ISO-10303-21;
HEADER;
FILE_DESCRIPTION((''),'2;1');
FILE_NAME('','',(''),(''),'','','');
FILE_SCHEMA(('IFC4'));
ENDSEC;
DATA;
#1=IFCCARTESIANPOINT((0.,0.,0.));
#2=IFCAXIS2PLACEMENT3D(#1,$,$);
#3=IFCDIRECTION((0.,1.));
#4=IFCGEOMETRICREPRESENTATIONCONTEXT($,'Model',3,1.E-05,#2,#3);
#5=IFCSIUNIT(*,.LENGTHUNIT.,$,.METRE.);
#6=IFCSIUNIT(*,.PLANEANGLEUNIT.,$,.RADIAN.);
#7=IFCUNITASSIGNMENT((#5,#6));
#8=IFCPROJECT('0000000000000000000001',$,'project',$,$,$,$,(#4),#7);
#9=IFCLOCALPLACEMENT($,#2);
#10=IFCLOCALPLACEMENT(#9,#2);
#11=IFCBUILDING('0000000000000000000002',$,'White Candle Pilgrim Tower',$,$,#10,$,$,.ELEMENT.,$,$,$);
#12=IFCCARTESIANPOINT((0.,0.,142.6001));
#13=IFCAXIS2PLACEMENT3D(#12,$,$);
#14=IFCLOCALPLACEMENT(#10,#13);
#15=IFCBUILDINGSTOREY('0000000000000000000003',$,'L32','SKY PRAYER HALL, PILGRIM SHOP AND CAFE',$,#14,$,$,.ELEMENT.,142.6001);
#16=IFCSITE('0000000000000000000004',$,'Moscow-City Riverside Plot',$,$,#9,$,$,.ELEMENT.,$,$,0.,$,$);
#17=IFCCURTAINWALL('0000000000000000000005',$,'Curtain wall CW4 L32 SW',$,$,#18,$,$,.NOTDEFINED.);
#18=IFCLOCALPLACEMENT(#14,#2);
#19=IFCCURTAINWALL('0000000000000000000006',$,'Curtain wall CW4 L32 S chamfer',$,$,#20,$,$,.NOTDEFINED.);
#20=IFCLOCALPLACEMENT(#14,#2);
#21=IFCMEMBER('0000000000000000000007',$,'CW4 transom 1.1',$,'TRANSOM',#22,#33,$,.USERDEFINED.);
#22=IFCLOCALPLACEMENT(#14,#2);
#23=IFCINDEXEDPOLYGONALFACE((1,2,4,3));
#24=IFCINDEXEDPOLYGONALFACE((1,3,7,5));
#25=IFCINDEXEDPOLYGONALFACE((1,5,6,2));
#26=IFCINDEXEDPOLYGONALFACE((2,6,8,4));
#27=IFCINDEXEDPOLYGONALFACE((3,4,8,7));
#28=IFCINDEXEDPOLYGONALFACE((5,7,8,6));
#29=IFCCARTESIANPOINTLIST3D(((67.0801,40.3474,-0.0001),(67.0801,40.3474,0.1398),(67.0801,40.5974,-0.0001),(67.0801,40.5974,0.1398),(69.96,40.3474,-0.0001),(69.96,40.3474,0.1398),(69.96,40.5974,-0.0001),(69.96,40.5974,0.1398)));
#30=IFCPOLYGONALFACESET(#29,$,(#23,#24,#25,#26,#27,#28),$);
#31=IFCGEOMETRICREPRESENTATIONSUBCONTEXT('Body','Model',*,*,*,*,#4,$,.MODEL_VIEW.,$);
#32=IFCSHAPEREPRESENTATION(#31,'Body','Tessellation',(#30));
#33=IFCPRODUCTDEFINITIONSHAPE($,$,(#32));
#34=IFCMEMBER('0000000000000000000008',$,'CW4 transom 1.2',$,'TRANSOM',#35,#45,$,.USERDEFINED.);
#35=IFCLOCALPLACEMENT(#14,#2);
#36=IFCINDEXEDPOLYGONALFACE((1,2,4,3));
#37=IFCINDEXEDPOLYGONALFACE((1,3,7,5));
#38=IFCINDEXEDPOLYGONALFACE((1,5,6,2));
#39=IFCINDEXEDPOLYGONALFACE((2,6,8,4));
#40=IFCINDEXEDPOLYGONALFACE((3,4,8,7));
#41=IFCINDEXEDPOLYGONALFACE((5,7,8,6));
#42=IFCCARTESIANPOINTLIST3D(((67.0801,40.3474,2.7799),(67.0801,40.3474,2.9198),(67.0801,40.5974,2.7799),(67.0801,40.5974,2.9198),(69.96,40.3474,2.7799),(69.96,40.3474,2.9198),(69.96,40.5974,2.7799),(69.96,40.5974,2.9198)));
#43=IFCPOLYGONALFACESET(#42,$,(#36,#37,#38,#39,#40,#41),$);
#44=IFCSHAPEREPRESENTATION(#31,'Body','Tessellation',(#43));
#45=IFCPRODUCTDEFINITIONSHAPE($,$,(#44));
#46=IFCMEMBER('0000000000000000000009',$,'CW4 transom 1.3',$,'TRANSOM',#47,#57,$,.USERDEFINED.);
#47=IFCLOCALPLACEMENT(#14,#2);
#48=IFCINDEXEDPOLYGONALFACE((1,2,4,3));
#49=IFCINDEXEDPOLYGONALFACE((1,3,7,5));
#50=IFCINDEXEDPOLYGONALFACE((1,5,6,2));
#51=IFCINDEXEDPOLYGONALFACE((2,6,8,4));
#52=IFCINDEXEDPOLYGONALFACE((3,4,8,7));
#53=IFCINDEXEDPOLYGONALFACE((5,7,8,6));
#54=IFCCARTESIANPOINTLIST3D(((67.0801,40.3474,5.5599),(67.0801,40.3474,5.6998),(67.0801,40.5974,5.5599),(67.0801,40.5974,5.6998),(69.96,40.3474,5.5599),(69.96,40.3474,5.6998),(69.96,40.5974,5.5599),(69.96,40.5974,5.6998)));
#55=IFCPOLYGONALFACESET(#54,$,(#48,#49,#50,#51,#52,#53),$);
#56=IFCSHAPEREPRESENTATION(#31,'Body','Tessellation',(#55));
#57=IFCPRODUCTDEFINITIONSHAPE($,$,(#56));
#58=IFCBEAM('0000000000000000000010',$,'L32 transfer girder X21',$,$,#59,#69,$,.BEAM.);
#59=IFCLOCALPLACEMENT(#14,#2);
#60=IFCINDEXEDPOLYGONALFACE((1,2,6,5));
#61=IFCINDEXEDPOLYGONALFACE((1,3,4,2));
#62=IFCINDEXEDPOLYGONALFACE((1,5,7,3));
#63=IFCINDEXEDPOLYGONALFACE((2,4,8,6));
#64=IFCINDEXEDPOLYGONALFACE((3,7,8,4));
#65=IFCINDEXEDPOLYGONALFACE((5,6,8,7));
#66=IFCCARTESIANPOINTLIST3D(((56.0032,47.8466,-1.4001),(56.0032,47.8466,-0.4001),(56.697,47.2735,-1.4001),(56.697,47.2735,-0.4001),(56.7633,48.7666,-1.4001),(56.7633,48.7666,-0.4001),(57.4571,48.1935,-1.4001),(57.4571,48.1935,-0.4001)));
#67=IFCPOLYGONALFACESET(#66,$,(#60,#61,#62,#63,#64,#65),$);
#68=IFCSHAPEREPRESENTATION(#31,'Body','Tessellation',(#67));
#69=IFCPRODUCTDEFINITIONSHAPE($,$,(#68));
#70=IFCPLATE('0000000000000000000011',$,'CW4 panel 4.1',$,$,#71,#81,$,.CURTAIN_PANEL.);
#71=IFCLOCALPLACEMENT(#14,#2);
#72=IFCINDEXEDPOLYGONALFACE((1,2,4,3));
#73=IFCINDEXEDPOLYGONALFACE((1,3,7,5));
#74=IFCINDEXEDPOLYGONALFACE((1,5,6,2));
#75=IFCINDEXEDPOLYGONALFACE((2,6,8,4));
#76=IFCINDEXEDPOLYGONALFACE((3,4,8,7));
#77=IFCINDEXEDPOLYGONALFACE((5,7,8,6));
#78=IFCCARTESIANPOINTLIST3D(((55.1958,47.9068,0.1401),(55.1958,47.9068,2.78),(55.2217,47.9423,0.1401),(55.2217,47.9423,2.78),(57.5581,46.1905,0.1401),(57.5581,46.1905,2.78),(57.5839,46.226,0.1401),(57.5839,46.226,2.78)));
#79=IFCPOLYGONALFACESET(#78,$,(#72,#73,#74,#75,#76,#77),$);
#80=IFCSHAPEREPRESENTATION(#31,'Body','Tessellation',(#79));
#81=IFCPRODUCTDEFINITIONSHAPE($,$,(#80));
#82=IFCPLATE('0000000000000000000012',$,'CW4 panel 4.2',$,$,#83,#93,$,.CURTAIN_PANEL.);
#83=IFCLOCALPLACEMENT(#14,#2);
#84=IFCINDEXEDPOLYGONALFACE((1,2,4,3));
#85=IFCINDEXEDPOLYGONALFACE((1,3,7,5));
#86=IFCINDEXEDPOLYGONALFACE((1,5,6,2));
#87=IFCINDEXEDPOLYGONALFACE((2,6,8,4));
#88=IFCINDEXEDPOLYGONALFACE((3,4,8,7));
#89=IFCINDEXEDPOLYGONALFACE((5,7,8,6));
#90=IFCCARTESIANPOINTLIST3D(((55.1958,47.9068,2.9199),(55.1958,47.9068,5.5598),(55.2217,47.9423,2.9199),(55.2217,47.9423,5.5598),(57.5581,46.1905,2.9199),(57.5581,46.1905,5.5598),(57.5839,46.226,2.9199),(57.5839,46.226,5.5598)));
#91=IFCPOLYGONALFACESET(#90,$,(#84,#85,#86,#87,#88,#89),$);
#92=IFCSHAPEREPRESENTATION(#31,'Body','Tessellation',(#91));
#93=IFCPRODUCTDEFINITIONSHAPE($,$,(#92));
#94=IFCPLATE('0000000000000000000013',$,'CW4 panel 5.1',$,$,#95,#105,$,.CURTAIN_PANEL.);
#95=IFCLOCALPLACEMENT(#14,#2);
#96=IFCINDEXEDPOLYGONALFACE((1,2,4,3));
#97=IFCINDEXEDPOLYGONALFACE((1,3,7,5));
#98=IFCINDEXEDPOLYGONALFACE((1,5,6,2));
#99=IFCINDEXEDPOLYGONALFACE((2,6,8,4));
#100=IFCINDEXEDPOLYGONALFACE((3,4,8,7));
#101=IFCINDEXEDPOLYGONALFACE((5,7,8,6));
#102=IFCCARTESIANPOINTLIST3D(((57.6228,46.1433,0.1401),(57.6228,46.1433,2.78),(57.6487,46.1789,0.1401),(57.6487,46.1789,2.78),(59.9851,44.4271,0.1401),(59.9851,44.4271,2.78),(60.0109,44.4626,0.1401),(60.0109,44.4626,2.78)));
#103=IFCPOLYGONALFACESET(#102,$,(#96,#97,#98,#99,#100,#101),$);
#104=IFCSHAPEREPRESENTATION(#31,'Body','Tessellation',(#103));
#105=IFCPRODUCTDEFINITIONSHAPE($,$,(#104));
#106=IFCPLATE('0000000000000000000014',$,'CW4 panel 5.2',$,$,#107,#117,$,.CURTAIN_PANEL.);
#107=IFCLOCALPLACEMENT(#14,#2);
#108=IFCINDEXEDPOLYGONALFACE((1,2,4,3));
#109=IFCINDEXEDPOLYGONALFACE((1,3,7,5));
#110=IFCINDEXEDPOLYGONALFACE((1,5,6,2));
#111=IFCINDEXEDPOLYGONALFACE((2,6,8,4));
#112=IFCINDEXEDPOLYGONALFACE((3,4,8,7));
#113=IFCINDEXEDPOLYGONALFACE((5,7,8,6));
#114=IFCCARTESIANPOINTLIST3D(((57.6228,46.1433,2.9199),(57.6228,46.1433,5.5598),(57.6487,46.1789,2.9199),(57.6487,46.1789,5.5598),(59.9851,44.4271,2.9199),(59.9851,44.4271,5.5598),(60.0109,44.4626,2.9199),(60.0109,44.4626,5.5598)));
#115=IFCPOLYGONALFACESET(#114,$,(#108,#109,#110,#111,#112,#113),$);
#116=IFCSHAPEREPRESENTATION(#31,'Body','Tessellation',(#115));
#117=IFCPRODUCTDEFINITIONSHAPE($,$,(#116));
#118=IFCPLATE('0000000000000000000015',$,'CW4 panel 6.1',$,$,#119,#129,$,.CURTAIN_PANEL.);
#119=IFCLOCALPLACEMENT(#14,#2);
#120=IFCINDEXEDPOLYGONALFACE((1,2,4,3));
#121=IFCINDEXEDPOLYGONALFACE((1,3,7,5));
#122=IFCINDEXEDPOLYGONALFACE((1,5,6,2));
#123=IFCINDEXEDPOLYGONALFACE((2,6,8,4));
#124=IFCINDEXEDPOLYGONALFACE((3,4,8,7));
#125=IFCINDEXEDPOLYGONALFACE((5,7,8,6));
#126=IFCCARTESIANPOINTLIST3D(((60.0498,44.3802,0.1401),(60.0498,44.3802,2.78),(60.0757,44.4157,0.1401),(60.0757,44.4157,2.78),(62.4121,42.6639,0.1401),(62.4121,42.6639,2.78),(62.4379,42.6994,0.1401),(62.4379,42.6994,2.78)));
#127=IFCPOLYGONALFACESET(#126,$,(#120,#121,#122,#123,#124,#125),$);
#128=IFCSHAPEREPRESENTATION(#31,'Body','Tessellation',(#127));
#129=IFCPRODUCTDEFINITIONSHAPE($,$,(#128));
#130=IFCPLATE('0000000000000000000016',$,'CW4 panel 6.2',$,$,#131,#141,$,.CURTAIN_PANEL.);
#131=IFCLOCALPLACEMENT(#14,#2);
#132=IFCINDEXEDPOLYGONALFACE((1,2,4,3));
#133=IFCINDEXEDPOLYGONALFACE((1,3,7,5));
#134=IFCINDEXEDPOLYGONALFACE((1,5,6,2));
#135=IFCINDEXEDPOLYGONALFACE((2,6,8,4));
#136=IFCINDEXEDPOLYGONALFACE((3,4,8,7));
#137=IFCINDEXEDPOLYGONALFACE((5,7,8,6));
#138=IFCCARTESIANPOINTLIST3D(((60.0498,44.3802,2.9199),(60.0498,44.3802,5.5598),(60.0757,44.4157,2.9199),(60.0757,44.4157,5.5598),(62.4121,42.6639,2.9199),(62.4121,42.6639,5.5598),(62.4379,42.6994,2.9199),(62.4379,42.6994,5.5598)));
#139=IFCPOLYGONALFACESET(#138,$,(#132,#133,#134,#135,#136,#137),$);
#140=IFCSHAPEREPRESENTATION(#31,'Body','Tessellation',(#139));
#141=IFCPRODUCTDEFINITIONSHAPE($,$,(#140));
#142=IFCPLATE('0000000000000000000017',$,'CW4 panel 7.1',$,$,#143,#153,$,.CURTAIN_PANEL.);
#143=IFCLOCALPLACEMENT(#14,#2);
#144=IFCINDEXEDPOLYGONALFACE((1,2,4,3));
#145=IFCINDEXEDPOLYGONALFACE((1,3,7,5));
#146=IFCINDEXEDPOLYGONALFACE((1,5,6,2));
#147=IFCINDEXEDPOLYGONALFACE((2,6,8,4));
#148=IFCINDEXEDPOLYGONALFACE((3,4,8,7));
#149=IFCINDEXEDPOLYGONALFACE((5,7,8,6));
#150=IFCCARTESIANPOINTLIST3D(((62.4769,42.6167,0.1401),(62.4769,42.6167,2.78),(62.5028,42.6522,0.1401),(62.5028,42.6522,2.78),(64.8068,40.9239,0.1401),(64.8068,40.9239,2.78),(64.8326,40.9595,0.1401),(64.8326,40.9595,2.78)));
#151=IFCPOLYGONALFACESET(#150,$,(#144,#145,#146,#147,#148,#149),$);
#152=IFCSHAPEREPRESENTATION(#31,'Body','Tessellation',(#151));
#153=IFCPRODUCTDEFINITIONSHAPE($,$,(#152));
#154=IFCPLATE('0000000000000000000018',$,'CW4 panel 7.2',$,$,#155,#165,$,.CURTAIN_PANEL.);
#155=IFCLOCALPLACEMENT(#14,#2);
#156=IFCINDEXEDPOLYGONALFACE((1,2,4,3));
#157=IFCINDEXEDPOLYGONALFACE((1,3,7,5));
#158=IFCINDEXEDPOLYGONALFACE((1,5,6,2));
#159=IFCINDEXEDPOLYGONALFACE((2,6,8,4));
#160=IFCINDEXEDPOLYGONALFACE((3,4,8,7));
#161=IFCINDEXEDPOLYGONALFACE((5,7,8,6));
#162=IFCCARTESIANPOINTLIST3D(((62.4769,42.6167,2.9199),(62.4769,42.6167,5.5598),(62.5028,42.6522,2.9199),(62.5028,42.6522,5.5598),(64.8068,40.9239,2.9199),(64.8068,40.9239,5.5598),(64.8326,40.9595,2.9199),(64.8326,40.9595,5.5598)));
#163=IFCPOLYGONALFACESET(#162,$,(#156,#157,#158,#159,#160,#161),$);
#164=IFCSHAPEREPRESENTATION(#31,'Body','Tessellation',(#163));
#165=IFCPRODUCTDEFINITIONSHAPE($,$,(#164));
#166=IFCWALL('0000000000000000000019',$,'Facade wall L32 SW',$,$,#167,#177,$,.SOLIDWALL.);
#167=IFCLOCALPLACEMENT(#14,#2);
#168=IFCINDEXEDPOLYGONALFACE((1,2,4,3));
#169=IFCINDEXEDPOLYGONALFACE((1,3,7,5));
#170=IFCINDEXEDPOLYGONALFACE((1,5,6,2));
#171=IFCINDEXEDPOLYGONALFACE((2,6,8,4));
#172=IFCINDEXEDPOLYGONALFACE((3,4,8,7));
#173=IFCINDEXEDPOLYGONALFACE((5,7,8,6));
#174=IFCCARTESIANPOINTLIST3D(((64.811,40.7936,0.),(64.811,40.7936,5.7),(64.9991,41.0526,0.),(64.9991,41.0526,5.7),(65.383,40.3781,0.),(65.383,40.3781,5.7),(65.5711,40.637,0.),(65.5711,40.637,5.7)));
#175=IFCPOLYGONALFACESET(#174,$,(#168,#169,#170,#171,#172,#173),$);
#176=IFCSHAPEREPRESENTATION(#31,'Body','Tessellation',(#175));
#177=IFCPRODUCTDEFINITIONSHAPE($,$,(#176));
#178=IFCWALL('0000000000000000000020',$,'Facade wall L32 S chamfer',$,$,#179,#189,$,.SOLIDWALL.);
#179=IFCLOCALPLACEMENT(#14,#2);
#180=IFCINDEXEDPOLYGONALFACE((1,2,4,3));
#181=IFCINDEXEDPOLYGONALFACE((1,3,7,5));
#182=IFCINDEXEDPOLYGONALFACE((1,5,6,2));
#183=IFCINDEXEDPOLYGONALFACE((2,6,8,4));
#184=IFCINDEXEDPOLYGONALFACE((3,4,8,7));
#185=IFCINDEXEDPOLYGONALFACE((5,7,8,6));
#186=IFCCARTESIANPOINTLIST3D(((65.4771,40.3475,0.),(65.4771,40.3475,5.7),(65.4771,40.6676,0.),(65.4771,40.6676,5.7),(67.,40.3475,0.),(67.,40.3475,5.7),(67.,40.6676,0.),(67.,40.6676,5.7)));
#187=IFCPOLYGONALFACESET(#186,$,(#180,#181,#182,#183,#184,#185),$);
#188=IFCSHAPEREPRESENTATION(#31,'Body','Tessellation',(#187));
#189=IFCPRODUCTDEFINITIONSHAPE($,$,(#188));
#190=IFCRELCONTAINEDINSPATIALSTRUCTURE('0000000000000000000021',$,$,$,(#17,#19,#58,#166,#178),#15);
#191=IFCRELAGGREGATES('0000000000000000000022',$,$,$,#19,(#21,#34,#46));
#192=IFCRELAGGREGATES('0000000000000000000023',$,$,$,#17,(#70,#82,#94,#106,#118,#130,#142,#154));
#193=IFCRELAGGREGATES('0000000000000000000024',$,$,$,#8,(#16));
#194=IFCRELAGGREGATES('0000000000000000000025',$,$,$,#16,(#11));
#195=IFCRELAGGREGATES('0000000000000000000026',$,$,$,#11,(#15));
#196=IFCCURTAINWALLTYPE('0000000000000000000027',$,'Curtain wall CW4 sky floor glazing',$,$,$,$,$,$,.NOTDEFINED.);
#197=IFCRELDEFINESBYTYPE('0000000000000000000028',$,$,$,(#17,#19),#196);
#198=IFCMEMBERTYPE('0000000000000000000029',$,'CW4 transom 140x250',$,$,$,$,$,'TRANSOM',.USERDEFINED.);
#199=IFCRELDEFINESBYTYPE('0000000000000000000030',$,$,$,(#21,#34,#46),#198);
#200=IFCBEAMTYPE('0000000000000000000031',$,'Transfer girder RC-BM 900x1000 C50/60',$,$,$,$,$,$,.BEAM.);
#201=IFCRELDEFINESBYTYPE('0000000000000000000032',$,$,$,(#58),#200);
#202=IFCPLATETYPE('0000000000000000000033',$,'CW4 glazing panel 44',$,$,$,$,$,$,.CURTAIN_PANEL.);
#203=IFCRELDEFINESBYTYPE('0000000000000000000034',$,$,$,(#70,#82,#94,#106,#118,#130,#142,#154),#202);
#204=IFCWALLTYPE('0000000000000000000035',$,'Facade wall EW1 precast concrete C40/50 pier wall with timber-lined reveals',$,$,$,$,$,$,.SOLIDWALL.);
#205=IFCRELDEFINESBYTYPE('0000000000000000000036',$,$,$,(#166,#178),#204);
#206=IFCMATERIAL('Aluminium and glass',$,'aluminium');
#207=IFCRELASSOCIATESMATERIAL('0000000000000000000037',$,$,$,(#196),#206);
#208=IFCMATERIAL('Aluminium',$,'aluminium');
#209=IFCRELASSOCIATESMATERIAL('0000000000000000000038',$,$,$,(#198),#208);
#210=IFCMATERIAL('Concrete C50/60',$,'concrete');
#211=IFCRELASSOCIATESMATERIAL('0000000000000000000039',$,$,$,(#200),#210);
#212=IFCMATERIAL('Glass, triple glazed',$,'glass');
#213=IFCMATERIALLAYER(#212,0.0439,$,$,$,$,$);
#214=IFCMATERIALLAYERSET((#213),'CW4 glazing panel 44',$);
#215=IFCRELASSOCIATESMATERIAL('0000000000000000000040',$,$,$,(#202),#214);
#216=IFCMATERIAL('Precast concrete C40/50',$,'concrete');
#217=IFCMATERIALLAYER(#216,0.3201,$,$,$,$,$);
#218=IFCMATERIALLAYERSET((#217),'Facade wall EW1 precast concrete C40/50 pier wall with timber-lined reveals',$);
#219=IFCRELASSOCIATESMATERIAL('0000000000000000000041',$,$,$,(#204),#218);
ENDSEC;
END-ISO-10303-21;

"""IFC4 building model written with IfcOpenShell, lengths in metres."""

from ifc_helpers import new_model, si_unit, direction, frame, frame_2d, origin, origin_2d, place, context, subcontext, project, spatial, rectangle, extrude, material, layer, layer_set, material_profile, profile_set, type_object, element, aggregate, save


model = new_model("IFC4")

# Units and contexts
model_context = context("Model", 3, precision=1e-05, world=origin(), true_north=direction((0.0, 1.0)))
body_context = subcontext(model_context, "Body", "Model", "MODEL_VIEW")
ifc_project = project(units=[si_unit("LENGTHUNIT", "METRE"), si_unit("PLANEANGLEUNIT", "RADIAN")], contexts=[model_context])

# Site, building, storey
site_placement = place(None, origin())
site = spatial("IfcSite", under=ifc_project, at=site_placement, Name="Moscow-City Riverside Plot", CompositionType="ELEMENT", RefElevation=0.0)
building_placement = place(site_placement, origin())
building = spatial("IfcBuilding", under=site, at=building_placement, Name="White Candle Pilgrim Tower", CompositionType="ELEMENT")
storey_placement = place(building_placement, frame((0.0, 0.0, 142.6001)))
storey = spatial("IfcBuildingStorey", under=building, at=storey_placement, Name="L32", Description="SKY PRAYER HALL, PILGRIM SHOP AND CAFE", CompositionType="ELEMENT", Elevation=142.6001)

# Curtain wall
ifc_material_1 = material(Name="Aluminium and glass", Category="aluminium")
curtain_wall_type = type_object("IfcCurtainWallType", Name="Curtain wall CW4 sky floor glazing", PredefinedType="NOTDEFINED", material=ifc_material_1)
curtain_wall_1_placement = place(storey_placement, origin())
curtain_wall_1 = element("IfcCurtainWall", 1, at=curtain_wall_1_placement, inside=storey, type_object=curtain_wall_type, Name="Curtain wall CW4 L32 SW", PredefinedType="NOTDEFINED")
ifc_material_2 = material(Name="Aluminium", Category="aluminium")

# Curtain wall
curtain_wall_2_placement = place(storey_placement, origin())
curtain_wall_2 = element("IfcCurtainWall", 2, at=curtain_wall_2_placement, inside=storey, type_object=curtain_wall_type, Name="Curtain wall CW4 L32 S chamfer", PredefinedType="NOTDEFINED")

# Members
ifc_material_profile_1 = material_profile(ifc_material_2, rectangle(XDim=0.25, YDim=0.1399, at=origin_2d()), Name="CW4 transom 140x250")
ifc_profile_set_1 = profile_set([ifc_material_profile_1], Name="Aluminium")
member_type_1 = type_object("IfcMemberType", Name="CW4 transom 140x250", ElementType="TRANSOM", PredefinedType="USERDEFINED", material=ifc_profile_set_1)
member_1_placement = place(storey_placement, frame((67.0801, 40.4724, 0.0698), z_axis=(1.0, 0.0, 0.0), x_axis=(0.0, 1.0, 0.0)))
member_1 = element("IfcMember", 3, at=member_1_placement, type_object=member_type_1, Name="CW4 transom 1.1", ObjectType="TRANSOM", PredefinedType="USERDEFINED", context=body_context, shape_type="SweptSolid", body=[
    extrude(rectangle(XDim=0.25, YDim=0.1399, at=origin_2d()), origin(), (0.0, 0.0, 1.0), 2.8799),
])
member_2_placement = place(storey_placement, frame((67.0801, 40.4724, 2.8499), z_axis=(1.0, 0.0, 0.0), x_axis=(0.0, 1.0, 0.0)))
member_2 = element("IfcMember", 4, at=member_2_placement, type_object=member_type_1, Name="CW4 transom 1.2", ObjectType="TRANSOM", PredefinedType="USERDEFINED", context=body_context, shape_type="SweptSolid", body=[
    extrude(rectangle(XDim=0.25, YDim=0.1399, at=origin_2d()), origin(), (0.0, 0.0, 1.0), 2.8799),
])
member_3_placement = place(storey_placement, frame((67.0801, 40.4724, 5.6299), z_axis=(1.0, 0.0, 0.0), x_axis=(0.0, 1.0, 0.0)))
member_3 = element("IfcMember", 5, at=member_3_placement, type_object=member_type_1, Name="CW4 transom 1.3", ObjectType="TRANSOM", PredefinedType="USERDEFINED", context=body_context, shape_type="SweptSolid", body=[
    extrude(rectangle(XDim=0.25, YDim=0.1399, at=origin_2d()), origin(), (0.0, 0.0, 1.0), 2.8799),
])
aggregate(curtain_wall_2, [member_1, member_2, member_3])

# Beam
ifc_material_3 = material(Name="Concrete C50/60", Category="concrete")
ifc_material_profile_2 = material_profile(ifc_material_3, rectangle(XDim=0.8999, YDim=1.0, at=origin_2d()), Name="RC-BM 900x1000")
ifc_profile_set_2 = profile_set([ifc_material_profile_2], Name="Concrete C50/60")
beam_type = type_object("IfcBeamType", Name="Transfer girder RC-BM 900x1000 C50/60", PredefinedType="BEAM", material=ifc_profile_set_2)
beam_placement = place(storey_placement, frame((56.3501, 47.5601, -0.9001), z_axis=(0.636918, 0.770931, 0.0), x_axis=(-0.770931, 0.636918, 0.0)))
element("IfcBeam", 6, at=beam_placement, inside=storey, type_object=beam_type, Name="L32 transfer girder X21", PredefinedType="BEAM", context=body_context, shape_type="SweptSolid", body=[
    extrude(rectangle(XDim=0.8999, YDim=1.0, at=origin_2d()), origin(), (0.0, 0.0, 1.0), 1.1934),
])

# Plates
ifc_material_4 = material(Name="Glass, triple glazed", Category="glass")
ifc_layer_1 = layer(ifc_material_4, 0.0439)
ifc_layer_set_1 = layer_set([ifc_layer_1], Name="CW4 glazing panel 44")
plate_type = type_object("IfcPlateType", Name="CW4 glazing panel 44", PredefinedType="CURTAIN_PANEL", material=ifc_layer_set_1)
plate_1_placement = place(storey_placement, frame((56.3899, 47.0664, 0.1401), z_axis=(0.0, 0.0, 1.0), x_axis=(0.809017, -0.587785, 0.0)))
plate_1 = element("IfcPlate", 7, at=plate_1_placement, type_object=plate_type, Name="CW4 panel 4.1", PredefinedType="CURTAIN_PANEL", context=body_context, shape_type="SweptSolid", body=[
    extrude(rectangle(XDim=2.9199, YDim=0.0439, at=origin_2d()), origin(), (0.0, 0.0, 1.0), 2.6399),
])
plate_2_placement = place(storey_placement, frame((56.3899, 47.0664, 2.9199), z_axis=(0.0, 0.0, 1.0), x_axis=(0.809017, -0.587785, 0.0)))
plate_2 = element("IfcPlate", 8, at=plate_2_placement, type_object=plate_type, Name="CW4 panel 4.2", PredefinedType="CURTAIN_PANEL", context=body_context, shape_type="SweptSolid", body=[
    extrude(rectangle(XDim=2.9199, YDim=0.0439, at=origin_2d()), origin(), (0.0, 0.0, 1.0), 2.6399),
])
plate_3_placement = place(storey_placement, frame((58.8169, 45.303, 0.1401), z_axis=(0.0, 0.0, 1.0), x_axis=(0.809017, -0.587785, 0.0)))
plate_3 = element("IfcPlate", 9, at=plate_3_placement, type_object=plate_type, Name="CW4 panel 5.1", PredefinedType="CURTAIN_PANEL", context=body_context, shape_type="SweptSolid", body=[
    extrude(rectangle(XDim=2.9199, YDim=0.0439, at=origin_2d()), origin(), (0.0, 0.0, 1.0), 2.6399),
])
plate_4_placement = place(storey_placement, frame((58.8169, 45.303, 2.9199), z_axis=(0.0, 0.0, 1.0), x_axis=(0.809017, -0.587785, 0.0)))
plate_4 = element("IfcPlate", 10, at=plate_4_placement, type_object=plate_type, Name="CW4 panel 5.2", PredefinedType="CURTAIN_PANEL", context=body_context, shape_type="SweptSolid", body=[
    extrude(rectangle(XDim=2.9199, YDim=0.0439, at=origin_2d()), origin(), (0.0, 0.0, 1.0), 2.6399),
])
plate_5_placement = place(storey_placement, frame((61.2439, 43.5398, 0.1401), z_axis=(0.0, 0.0, 1.0), x_axis=(0.809017, -0.587785, 0.0)))
plate_5 = element("IfcPlate", 11, at=plate_5_placement, type_object=plate_type, Name="CW4 panel 6.1", PredefinedType="CURTAIN_PANEL", context=body_context, shape_type="SweptSolid", body=[
    extrude(rectangle(XDim=2.9199, YDim=0.0439, at=origin_2d()), origin(), (0.0, 0.0, 1.0), 2.6399),
])
plate_6_placement = place(storey_placement, frame((61.2439, 43.5398, 2.9199), z_axis=(0.0, 0.0, 1.0), x_axis=(0.809017, -0.587785, 0.0)))
plate_6 = element("IfcPlate", 12, at=plate_6_placement, type_object=plate_type, Name="CW4 panel 6.2", PredefinedType="CURTAIN_PANEL", context=body_context, shape_type="SweptSolid", body=[
    extrude(rectangle(XDim=2.9199, YDim=0.0439, at=origin_2d()), origin(), (0.0, 0.0, 1.0), 2.6399),
])
plate_7_placement = place(storey_placement, frame((63.6548, 41.7881, 0.1401), z_axis=(0.0, 0.0, 1.0), x_axis=(0.809017, -0.587785, 0.0)))
plate_7 = element("IfcPlate", 13, at=plate_7_placement, type_object=plate_type, Name="CW4 panel 7.1", PredefinedType="CURTAIN_PANEL", context=body_context, shape_type="SweptSolid", body=[
    extrude(rectangle(XDim=2.8799, YDim=0.0439, at=origin_2d()), origin(), (0.0, 0.0, 1.0), 2.6399),
])
plate_8_placement = place(storey_placement, frame((63.6548, 41.7881, 2.9199), z_axis=(0.0, 0.0, 1.0), x_axis=(0.809017, -0.587785, 0.0)))
plate_8 = element("IfcPlate", 14, at=plate_8_placement, type_object=plate_type, Name="CW4 panel 7.2", PredefinedType="CURTAIN_PANEL", context=body_context, shape_type="SweptSolid", body=[
    extrude(rectangle(XDim=2.8799, YDim=0.0439, at=origin_2d()), origin(), (0.0, 0.0, 1.0), 2.6399),
])
aggregate(curtain_wall_1, [plate_1, plate_2, plate_3, plate_4, plate_5, plate_6, plate_7, plate_8])

# Walls
ifc_material_5 = material(Name="Precast concrete C40/50", Category="concrete")
ifc_layer_2 = layer(ifc_material_5, 0.3201)
ifc_layer_set_2 = layer_set([ifc_layer_2], Name="Facade wall EW1 precast concrete C40/50 pier wall with timber-lined reveals")
wall_type_1 = type_object("IfcWallType", Name="Facade wall EW1 precast concrete C40/50 pier wall with timber-lined reveals", PredefinedType="SOLIDWALL", material=ifc_layer_set_2)
wall_1_placement = place(storey_placement, frame((64.905, 40.9231, 0.0), z_axis=(0.0, 0.0, 1.0), x_axis=(0.809064, -0.58772, 0.0)))
element("IfcWall", 15, at=wall_1_placement, inside=storey, type_object=wall_type_1, Name="Facade wall L32 SW", PredefinedType="SOLIDWALL", context=body_context, shape_type="SweptSolid", body=[
    extrude(rectangle(XDim=0.707, YDim=0.3201, at=frame_2d((0.3535, 0.0))), origin(), (0.0, 0.0, 1.0), 5.7),
])
wall_2_placement = place(storey_placement, frame((65.4771, 40.5076, 0.0), z_axis=(0.0, 0.0, 1.0), x_axis=(1.0, 0.0, 0.0)))
element("IfcWall", 16, at=wall_2_placement, inside=storey, type_object=wall_type_1, Name="Facade wall L32 S chamfer", PredefinedType="SOLIDWALL", context=body_context, shape_type="SweptSolid", body=[
    extrude(rectangle(XDim=1.5229, YDim=0.3201, at=frame_2d((0.7615, 0.0))), origin(), (0.0, 0.0, 1.0), 5.7),
])

save(model, "model.ifc")
